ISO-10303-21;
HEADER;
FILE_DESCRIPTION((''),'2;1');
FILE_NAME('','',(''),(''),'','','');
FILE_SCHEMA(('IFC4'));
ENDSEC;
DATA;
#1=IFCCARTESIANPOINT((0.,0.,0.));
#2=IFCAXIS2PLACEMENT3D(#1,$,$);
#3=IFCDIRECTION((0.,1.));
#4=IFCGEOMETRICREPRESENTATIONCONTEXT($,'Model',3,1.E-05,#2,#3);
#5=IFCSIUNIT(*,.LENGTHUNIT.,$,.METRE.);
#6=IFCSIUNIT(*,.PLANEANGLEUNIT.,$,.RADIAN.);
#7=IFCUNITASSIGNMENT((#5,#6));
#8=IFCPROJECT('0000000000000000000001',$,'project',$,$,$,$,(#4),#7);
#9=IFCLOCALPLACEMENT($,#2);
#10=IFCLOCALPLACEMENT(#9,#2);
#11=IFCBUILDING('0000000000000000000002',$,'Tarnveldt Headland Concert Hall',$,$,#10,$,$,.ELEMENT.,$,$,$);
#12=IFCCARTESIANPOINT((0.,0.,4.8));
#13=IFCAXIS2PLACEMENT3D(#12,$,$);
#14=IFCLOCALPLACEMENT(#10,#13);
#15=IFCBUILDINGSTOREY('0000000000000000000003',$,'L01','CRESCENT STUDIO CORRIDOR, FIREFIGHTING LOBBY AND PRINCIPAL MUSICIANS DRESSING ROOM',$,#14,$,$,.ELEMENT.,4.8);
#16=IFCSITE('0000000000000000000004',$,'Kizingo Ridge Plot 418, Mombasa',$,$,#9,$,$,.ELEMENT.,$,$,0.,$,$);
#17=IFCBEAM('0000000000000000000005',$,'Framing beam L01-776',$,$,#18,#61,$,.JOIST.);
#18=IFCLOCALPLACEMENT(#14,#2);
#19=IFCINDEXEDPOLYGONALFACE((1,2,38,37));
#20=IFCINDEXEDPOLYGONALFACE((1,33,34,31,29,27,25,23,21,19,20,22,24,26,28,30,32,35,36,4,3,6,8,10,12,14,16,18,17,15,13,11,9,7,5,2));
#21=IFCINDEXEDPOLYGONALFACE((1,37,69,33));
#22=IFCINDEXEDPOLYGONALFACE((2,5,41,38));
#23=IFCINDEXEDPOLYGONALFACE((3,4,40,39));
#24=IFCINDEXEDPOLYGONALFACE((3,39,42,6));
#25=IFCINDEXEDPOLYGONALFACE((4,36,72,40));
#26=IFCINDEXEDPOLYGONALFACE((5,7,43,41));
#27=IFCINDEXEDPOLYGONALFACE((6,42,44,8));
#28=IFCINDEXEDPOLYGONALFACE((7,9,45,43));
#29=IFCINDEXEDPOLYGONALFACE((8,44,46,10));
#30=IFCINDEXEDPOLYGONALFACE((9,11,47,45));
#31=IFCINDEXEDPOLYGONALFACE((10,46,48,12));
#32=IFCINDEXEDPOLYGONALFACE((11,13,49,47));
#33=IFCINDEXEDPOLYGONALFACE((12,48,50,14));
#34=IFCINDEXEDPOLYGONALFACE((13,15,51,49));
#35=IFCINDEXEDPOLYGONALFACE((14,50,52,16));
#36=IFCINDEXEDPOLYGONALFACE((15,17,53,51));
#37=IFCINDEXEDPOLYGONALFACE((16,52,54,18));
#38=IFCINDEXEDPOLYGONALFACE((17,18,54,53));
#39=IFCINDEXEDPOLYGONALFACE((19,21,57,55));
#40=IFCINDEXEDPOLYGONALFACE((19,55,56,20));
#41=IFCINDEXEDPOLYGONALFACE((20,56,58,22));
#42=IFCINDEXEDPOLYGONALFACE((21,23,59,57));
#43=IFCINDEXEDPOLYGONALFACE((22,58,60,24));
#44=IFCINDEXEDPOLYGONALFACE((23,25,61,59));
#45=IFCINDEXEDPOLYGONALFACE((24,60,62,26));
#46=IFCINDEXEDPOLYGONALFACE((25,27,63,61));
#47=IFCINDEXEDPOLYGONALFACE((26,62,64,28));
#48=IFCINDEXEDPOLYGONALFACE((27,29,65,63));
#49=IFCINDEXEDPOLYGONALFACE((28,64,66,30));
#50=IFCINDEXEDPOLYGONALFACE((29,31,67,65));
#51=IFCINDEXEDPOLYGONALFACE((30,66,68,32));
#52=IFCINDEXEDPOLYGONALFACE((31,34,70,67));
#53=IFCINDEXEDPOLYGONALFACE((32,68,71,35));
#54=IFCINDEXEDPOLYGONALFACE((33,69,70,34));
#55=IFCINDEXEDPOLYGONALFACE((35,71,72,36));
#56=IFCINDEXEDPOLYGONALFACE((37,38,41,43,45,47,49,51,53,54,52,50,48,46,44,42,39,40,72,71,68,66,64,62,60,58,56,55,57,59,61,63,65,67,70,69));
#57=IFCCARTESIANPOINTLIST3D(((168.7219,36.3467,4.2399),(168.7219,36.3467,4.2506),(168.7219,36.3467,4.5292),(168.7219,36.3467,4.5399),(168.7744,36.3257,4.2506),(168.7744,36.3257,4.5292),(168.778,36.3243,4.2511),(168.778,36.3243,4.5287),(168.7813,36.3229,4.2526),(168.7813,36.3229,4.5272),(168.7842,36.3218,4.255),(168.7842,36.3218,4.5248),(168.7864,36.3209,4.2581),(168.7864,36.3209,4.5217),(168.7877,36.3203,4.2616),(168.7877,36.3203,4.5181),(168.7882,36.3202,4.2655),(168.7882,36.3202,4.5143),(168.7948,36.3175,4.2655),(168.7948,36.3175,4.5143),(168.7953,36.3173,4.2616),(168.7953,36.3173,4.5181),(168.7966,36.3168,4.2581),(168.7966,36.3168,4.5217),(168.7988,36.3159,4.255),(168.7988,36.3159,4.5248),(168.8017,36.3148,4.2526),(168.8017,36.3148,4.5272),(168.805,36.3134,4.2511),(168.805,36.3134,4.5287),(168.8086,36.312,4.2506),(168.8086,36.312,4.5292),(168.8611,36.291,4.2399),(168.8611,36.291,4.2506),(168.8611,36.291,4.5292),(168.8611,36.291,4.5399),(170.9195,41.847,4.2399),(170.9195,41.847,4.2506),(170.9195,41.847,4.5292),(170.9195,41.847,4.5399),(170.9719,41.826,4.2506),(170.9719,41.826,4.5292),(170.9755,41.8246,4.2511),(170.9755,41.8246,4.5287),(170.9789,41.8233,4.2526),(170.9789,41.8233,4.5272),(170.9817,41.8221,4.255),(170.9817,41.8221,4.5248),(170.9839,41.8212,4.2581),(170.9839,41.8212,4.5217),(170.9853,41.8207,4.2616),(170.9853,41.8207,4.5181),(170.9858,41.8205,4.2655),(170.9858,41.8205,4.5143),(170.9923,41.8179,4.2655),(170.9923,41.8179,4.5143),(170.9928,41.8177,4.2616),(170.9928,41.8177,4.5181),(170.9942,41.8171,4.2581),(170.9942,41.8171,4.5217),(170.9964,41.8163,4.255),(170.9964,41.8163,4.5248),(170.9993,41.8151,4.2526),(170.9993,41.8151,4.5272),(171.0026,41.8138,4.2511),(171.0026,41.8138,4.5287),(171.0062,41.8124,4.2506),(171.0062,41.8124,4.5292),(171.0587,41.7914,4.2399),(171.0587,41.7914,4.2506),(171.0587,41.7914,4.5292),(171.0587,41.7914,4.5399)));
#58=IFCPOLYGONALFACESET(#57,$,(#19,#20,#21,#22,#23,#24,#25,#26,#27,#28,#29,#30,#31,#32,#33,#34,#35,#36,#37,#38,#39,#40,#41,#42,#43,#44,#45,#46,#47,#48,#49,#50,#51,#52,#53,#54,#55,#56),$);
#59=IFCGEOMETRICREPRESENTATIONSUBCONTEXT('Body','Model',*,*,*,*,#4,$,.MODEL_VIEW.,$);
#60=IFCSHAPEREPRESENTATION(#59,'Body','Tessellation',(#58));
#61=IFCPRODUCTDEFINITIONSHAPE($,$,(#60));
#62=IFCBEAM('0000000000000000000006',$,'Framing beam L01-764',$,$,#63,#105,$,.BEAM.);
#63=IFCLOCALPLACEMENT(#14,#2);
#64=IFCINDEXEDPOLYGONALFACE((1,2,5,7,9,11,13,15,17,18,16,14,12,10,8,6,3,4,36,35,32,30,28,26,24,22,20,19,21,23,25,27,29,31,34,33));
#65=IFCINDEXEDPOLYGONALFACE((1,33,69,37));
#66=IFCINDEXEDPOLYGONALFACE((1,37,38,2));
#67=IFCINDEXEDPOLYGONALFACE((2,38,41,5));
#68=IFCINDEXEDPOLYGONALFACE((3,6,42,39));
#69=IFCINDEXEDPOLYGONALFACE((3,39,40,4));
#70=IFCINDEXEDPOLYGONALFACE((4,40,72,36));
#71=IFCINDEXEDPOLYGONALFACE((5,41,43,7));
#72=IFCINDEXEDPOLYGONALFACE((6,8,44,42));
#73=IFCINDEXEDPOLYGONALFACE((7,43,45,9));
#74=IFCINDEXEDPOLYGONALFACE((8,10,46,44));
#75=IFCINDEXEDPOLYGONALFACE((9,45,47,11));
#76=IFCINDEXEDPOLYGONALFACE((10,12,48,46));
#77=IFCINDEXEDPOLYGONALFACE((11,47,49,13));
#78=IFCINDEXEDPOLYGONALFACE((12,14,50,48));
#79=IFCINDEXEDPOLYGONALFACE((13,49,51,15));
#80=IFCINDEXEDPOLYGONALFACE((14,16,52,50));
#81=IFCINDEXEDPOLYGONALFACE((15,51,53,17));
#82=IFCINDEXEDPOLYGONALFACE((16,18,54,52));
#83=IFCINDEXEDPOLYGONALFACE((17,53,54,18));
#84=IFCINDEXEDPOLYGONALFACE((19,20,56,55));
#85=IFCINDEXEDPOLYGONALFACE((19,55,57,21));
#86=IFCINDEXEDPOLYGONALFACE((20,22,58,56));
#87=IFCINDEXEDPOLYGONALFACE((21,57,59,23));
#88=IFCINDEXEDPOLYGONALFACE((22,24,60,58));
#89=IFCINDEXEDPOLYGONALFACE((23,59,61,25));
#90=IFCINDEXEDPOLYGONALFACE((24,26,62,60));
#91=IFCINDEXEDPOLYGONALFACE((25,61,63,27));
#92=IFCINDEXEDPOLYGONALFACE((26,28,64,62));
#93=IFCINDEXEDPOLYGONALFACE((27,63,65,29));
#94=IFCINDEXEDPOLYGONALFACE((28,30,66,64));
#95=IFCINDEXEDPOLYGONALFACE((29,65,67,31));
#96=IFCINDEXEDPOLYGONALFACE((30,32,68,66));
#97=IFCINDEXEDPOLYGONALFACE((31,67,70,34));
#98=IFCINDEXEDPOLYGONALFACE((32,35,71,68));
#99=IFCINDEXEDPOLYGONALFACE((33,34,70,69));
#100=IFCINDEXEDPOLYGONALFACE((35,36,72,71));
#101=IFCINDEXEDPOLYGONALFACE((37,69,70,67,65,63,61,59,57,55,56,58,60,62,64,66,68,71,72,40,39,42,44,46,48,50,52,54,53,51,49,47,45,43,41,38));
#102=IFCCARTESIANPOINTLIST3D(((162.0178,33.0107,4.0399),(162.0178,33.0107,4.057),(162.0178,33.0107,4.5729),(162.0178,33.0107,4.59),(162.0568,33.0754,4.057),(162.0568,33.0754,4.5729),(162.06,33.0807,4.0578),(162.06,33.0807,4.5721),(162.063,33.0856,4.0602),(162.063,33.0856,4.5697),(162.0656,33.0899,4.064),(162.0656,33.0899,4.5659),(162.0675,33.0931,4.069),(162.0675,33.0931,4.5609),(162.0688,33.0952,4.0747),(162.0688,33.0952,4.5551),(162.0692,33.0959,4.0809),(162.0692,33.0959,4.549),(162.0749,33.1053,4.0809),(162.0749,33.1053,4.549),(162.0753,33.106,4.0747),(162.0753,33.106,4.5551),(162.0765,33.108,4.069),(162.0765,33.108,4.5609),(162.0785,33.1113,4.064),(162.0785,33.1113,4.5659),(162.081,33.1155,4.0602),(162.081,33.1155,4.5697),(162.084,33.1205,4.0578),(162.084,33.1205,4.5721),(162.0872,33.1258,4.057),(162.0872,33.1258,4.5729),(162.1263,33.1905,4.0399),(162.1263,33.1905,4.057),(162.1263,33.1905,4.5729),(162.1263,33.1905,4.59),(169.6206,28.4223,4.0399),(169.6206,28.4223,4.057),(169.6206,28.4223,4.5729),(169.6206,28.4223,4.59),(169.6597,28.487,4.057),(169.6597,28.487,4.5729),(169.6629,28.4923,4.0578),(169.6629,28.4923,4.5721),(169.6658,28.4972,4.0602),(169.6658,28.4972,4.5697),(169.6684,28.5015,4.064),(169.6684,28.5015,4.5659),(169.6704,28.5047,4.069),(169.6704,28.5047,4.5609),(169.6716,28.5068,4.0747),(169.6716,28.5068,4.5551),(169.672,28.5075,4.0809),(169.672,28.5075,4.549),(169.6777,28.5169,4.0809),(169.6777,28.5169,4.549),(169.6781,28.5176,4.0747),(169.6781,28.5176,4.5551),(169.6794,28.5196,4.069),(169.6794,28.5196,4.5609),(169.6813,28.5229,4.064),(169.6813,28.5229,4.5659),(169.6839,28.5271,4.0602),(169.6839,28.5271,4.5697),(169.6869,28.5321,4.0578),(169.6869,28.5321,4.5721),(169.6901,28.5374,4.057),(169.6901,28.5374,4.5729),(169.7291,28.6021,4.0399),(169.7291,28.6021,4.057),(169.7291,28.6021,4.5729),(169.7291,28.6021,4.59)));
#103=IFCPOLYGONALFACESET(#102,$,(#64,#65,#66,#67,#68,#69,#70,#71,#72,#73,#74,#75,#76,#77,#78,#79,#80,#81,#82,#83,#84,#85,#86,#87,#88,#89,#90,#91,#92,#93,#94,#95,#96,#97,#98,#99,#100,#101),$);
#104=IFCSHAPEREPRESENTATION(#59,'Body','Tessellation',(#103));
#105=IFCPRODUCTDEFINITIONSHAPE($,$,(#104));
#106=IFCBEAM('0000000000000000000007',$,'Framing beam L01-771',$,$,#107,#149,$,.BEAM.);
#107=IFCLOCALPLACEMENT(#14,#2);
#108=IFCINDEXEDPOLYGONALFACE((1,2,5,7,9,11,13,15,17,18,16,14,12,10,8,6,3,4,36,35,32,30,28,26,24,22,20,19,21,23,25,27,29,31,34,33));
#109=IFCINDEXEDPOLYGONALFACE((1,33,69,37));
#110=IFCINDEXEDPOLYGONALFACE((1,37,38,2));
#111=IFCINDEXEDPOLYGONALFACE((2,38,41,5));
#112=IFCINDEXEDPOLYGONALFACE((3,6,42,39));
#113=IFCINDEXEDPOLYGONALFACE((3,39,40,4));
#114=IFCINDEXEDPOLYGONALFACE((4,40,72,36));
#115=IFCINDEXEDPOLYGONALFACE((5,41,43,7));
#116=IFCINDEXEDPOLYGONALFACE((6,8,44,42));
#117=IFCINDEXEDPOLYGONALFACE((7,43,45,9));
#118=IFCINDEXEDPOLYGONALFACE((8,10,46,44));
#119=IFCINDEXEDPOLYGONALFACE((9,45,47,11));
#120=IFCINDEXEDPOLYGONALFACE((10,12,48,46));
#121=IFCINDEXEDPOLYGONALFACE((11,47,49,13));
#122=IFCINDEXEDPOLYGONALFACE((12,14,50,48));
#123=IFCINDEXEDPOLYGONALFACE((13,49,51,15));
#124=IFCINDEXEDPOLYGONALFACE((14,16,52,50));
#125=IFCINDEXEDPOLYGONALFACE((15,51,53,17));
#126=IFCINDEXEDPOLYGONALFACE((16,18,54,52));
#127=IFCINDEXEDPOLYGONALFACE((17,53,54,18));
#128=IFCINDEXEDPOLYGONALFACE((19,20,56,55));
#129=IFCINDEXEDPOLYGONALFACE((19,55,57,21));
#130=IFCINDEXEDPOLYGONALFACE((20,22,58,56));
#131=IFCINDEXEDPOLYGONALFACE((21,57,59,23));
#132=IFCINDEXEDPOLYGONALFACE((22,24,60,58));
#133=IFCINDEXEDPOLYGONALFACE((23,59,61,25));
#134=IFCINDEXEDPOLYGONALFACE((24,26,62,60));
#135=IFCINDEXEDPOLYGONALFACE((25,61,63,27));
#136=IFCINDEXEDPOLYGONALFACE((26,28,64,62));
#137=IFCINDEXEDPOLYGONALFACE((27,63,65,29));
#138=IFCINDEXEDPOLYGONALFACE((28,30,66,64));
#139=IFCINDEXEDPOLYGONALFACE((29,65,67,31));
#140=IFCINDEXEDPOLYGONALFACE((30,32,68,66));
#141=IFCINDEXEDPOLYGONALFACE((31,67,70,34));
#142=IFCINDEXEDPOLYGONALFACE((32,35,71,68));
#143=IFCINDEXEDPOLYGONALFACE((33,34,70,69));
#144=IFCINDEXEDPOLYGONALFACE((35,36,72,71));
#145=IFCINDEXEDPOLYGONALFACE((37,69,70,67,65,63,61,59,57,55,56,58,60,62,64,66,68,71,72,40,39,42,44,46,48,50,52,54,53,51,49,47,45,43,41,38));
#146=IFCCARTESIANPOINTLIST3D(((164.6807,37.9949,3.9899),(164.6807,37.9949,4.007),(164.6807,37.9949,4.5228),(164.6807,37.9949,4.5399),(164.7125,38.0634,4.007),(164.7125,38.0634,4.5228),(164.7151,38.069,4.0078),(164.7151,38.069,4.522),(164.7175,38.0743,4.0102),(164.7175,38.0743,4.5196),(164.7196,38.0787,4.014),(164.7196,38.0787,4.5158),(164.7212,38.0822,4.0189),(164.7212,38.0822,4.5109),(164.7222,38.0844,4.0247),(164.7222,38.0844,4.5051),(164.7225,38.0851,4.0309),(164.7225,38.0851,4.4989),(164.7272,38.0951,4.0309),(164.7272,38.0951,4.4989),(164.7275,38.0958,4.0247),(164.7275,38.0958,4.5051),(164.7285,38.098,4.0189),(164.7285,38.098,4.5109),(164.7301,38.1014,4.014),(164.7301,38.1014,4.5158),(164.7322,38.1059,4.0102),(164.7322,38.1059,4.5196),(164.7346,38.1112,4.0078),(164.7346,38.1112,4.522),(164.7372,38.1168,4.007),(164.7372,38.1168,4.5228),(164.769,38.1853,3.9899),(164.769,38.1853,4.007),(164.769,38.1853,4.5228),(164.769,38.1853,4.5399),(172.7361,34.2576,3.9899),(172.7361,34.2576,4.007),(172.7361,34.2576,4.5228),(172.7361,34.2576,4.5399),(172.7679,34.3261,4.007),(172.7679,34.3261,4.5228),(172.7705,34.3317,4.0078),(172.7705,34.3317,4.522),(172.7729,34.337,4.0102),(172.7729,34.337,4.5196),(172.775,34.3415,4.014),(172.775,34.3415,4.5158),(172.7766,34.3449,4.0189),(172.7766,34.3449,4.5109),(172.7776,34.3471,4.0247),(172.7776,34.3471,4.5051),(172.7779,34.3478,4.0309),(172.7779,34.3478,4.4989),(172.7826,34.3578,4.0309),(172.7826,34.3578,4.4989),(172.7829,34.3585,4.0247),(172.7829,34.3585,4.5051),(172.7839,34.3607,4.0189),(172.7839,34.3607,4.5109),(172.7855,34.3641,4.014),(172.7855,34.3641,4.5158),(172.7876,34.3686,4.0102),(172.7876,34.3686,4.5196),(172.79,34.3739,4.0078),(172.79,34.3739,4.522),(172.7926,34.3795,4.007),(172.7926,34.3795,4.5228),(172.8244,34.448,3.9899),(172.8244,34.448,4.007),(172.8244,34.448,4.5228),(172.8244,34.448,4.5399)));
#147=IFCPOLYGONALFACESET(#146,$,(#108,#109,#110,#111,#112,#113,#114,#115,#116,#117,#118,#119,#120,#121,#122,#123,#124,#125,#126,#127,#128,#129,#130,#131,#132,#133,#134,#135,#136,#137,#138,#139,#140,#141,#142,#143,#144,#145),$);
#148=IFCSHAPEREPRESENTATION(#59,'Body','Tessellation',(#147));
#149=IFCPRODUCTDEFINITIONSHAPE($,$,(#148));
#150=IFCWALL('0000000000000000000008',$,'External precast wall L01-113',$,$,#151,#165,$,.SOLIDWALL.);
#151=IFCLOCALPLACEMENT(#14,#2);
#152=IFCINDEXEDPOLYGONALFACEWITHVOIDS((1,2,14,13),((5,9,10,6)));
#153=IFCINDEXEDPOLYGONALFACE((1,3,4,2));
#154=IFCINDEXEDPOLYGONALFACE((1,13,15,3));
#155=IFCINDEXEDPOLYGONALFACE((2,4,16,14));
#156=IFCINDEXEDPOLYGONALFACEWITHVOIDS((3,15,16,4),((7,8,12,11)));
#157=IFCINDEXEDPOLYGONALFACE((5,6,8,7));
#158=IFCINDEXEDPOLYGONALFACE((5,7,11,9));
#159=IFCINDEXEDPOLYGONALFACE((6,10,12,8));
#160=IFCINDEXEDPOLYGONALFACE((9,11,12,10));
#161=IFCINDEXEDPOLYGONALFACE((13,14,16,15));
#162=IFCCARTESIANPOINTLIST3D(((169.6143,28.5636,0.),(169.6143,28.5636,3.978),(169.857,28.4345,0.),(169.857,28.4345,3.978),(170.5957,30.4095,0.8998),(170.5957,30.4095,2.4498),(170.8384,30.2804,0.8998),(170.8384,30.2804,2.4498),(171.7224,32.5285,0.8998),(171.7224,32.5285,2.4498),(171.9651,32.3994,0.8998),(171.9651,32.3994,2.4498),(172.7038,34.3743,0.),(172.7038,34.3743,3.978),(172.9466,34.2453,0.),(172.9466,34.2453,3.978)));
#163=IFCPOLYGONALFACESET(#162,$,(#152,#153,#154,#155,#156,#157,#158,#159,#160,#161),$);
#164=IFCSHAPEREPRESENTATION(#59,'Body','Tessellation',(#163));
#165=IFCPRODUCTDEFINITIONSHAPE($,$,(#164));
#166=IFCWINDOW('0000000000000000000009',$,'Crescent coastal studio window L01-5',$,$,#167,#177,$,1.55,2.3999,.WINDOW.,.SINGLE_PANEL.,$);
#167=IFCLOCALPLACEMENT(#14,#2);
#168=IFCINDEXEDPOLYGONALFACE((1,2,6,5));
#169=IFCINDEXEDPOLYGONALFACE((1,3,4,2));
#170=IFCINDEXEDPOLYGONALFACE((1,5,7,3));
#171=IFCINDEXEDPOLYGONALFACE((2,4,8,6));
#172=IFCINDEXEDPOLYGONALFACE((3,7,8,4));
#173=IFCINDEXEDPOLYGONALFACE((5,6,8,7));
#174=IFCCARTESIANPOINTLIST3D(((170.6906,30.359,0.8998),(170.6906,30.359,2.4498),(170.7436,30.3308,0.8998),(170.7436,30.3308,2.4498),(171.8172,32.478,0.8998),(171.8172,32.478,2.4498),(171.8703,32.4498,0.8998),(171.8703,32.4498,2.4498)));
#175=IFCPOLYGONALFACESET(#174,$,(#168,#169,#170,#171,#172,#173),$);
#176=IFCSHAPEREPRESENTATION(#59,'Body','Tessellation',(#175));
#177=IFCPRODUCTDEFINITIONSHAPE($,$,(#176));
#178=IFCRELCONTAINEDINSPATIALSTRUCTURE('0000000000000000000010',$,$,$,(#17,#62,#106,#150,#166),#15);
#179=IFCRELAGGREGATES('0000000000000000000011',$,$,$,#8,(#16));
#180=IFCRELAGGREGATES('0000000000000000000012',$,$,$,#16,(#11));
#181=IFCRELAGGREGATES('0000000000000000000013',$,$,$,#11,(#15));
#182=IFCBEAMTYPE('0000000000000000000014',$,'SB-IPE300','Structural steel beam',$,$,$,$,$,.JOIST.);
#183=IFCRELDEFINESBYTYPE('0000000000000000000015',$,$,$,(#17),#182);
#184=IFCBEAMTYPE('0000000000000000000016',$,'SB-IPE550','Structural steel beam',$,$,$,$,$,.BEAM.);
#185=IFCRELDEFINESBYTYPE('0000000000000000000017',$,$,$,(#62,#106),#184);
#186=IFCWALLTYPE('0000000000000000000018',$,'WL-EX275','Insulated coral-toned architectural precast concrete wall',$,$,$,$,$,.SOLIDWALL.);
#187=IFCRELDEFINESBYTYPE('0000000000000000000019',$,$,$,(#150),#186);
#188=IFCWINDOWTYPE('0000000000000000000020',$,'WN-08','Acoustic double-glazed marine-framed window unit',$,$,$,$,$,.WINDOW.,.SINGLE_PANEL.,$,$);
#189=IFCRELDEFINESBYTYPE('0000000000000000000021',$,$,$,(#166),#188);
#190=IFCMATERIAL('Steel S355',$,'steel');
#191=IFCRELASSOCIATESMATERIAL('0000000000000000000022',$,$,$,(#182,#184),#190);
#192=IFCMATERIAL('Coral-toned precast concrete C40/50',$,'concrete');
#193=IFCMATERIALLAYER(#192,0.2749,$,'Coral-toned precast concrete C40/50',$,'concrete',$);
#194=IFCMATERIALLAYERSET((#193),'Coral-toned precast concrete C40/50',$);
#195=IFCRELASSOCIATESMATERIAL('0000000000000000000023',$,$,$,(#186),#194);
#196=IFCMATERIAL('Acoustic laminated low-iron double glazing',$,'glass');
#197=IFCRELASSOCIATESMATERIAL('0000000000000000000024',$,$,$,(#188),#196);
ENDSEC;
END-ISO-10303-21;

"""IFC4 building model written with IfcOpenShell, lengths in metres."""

from ifc_helpers import new_model, si_unit, direction, frame, frame_2d, origin, origin_2d, place, context, subcontext, project, spatial, rectangle, i_section, extrude, material, layer, layer_set, material_profile, profile_set, type_object, element, fill, save


model = new_model("IFC4")

# Units and contexts
model_context = context("Model", 3, precision=1e-05, world=origin(), true_north=direction((0.0, 1.0)))
body_context = subcontext(model_context, "Body", "Model", "MODEL_VIEW")
ifc_project = project(units=[si_unit("LENGTHUNIT", "METRE"), si_unit("PLANEANGLEUNIT", "RADIAN")], contexts=[model_context])

# Site, building, storey
site_placement = place(None, origin())
site = spatial("IfcSite", under=ifc_project, at=site_placement, Name="Kizingo Ridge Plot 418, Mombasa", CompositionType="ELEMENT", RefElevation=0.0)
building_placement = place(site_placement, origin())
building = spatial("IfcBuilding", under=site, at=building_placement, Name="Tarnveldt Headland Concert Hall", CompositionType="ELEMENT")
storey_placement = place(building_placement, frame((0.0, 0.0, 4.8)))
storey = spatial("IfcBuildingStorey", under=building, at=storey_placement, Name="L01", Description="CRESCENT STUDIO CORRIDOR, FIREFIGHTING LOBBY AND PRINCIPAL MUSICIANS DRESSING ROOM", CompositionType="ELEMENT", Elevation=4.8)

# Beams
ifc_material_1 = material(Name="Steel S355", Category="steel")
ifc_material_profile_1 = material_profile(ifc_material_1, i_section(OverallWidth=0.1499, OverallDepth=0.3, WebThickness=0.0071, FlangeThickness=0.0107, FilletRadius=0.0149, at=origin_2d()), Name="IPE300", Category="steel")
ifc_profile_set_1 = profile_set([ifc_material_profile_1], Name="Steel S355")
beam_type_1 = type_object("IfcBeamType", Name="SB-IPE300", Description="Structural steel beam", PredefinedType="JOIST", material=ifc_profile_set_1)
beam_1_placement = place(storey_placement, frame((168.7915, 36.3188, 4.3899), z_axis=(0.371014, 0.928627, 0.0), x_axis=(-0.928627, 0.371014, 0.0)))
element("IfcBeam", 1, at=beam_1_placement, inside=storey, type_object=beam_type_1, Name="Framing beam L01-776", PredefinedType="JOIST", context=body_context, shape_type="SweptSolid", body=[
    extrude(i_section(OverallWidth=0.1499, OverallDepth=0.3, WebThickness=0.0071, FlangeThickness=0.0107, FilletRadius=0.0149, at=origin_2d()), origin(), (0.0, 0.0, 1.0), 5.9231),
])
ifc_material_profile_2 = material_profile(ifc_material_1, i_section(OverallWidth=0.21, OverallDepth=0.55, WebThickness=0.011, FlangeThickness=0.0171, FilletRadius=0.0239, at=origin_2d()), Name="IPE550", Category="steel")
ifc_profile_set_2 = profile_set([ifc_material_profile_2], Name="Steel S355")
beam_type_2 = type_object("IfcBeamType", Name="SB-IPE550", Description="Structural steel beam", PredefinedType="BEAM", material=ifc_profile_set_2)
for number, where, z_axis, x_axis, name in (
    (2, (162.072, 33.1006, 4.3149), (0.856163, -0.516706, 0.0), (0.516706, 0.856163, 0.0), "Framing beam L01-764"),
    (3, (164.7249, 38.0901, 4.2649), (0.907126, -0.42086, 0.0), (0.42086, 0.907126, 0.0), "Framing beam L01-771"),
):
    element("IfcBeam", number, at=place(storey_placement, frame(where, z_axis=z_axis, x_axis=x_axis)), inside=storey, type_object=beam_type_2, Name=name, PredefinedType="BEAM", context=body_context, shape_type="SweptSolid", body=[
        extrude(i_section(OverallWidth=0.21, OverallDepth=0.55, WebThickness=0.011, FlangeThickness=0.0171, FilletRadius=0.0239, at=origin_2d()), origin(), (0.0, 0.0, 1.0), 8.8801),
    ])

# Wall, opening, window
ifc_material_2 = material(Name="Coral-toned precast concrete C40/50", Category="concrete")
ifc_layer_1 = layer(ifc_material_2, 0.2749, Name="Coral-toned precast concrete C40/50", Category="concrete")
ifc_layer_set_1 = layer_set([ifc_layer_1], Name="Coral-toned precast concrete C40/50")
wall_type_1 = type_object("IfcWallType", Name="WL-EX275", Description="Insulated coral-toned architectural precast concrete wall", PredefinedType="SOLIDWALL", material=ifc_layer_set_1)
wall_1_placement = place(storey_placement, frame((172.8252, 34.3098, 0.0), z_axis=(0.0, 0.0, 1.0), x_axis=(-0.469465, -0.882951, 0.0)))
wall_1 = element("IfcWall", 4, at=wall_1_placement, inside=storey, type_object=wall_type_1, Name="External precast wall L01-113", PredefinedType="SOLIDWALL", context=body_context, shape_type="SweptSolid", body=[
    extrude(rectangle(XDim=6.5811, YDim=0.2749, at=frame_2d((3.2905, 0.0))), origin(), (0.0, 0.0, 1.0), 3.978),
])
opening_1_placement = place(wall_1_placement, frame((2.0906, 0.0, 0.8999)))
opening_1 = element("IfcOpeningElement", 5, at=opening_1_placement, cuts=wall_1, PredefinedType="OPENING", context=body_context, shape_type="SweptSolid", body=[
    extrude(rectangle(XDim=2.3999, YDim=1.55, at=frame_2d((1.2, 0.7749))), frame((0.0, 0.1475, 0.0), z_axis=(0.0, -1.0, 0.0), x_axis=(1.0, 0.0, 0.0)), (0.0, 0.0, 1.0), 0.2949),
])
ifc_material_3 = material(Name="Acoustic laminated low-iron double glazing", Category="glass")
window_type = type_object("IfcWindowType", Name="WN-08", Description="Acoustic double-glazed marine-framed window unit", PartitioningType="SINGLE_PANEL", PredefinedType="WINDOW", material=ifc_material_3)
window_placement = place(opening_1_placement, origin())
window = element("IfcWindow", 6, at=window_placement, inside=storey, type_object=window_type, Name="Crescent coastal studio window L01-5", OverallHeight=1.55, OverallWidth=2.3999, PartitioningType="SINGLE_PANEL", PredefinedType="WINDOW", context=body_context, shape_type="SweptSolid", body=[
    extrude(rectangle(XDim=2.3999, YDim=1.55, at=frame_2d((1.2, 0.7749))), frame((0.0, 0.03, 0.0), z_axis=(0.0, -1.0, 0.0), x_axis=(1.0, 0.0, 0.0)), (0.0, 0.0, 1.0), 0.0601),
])
fill(opening_1, window)

save(model, "model.ifc")
